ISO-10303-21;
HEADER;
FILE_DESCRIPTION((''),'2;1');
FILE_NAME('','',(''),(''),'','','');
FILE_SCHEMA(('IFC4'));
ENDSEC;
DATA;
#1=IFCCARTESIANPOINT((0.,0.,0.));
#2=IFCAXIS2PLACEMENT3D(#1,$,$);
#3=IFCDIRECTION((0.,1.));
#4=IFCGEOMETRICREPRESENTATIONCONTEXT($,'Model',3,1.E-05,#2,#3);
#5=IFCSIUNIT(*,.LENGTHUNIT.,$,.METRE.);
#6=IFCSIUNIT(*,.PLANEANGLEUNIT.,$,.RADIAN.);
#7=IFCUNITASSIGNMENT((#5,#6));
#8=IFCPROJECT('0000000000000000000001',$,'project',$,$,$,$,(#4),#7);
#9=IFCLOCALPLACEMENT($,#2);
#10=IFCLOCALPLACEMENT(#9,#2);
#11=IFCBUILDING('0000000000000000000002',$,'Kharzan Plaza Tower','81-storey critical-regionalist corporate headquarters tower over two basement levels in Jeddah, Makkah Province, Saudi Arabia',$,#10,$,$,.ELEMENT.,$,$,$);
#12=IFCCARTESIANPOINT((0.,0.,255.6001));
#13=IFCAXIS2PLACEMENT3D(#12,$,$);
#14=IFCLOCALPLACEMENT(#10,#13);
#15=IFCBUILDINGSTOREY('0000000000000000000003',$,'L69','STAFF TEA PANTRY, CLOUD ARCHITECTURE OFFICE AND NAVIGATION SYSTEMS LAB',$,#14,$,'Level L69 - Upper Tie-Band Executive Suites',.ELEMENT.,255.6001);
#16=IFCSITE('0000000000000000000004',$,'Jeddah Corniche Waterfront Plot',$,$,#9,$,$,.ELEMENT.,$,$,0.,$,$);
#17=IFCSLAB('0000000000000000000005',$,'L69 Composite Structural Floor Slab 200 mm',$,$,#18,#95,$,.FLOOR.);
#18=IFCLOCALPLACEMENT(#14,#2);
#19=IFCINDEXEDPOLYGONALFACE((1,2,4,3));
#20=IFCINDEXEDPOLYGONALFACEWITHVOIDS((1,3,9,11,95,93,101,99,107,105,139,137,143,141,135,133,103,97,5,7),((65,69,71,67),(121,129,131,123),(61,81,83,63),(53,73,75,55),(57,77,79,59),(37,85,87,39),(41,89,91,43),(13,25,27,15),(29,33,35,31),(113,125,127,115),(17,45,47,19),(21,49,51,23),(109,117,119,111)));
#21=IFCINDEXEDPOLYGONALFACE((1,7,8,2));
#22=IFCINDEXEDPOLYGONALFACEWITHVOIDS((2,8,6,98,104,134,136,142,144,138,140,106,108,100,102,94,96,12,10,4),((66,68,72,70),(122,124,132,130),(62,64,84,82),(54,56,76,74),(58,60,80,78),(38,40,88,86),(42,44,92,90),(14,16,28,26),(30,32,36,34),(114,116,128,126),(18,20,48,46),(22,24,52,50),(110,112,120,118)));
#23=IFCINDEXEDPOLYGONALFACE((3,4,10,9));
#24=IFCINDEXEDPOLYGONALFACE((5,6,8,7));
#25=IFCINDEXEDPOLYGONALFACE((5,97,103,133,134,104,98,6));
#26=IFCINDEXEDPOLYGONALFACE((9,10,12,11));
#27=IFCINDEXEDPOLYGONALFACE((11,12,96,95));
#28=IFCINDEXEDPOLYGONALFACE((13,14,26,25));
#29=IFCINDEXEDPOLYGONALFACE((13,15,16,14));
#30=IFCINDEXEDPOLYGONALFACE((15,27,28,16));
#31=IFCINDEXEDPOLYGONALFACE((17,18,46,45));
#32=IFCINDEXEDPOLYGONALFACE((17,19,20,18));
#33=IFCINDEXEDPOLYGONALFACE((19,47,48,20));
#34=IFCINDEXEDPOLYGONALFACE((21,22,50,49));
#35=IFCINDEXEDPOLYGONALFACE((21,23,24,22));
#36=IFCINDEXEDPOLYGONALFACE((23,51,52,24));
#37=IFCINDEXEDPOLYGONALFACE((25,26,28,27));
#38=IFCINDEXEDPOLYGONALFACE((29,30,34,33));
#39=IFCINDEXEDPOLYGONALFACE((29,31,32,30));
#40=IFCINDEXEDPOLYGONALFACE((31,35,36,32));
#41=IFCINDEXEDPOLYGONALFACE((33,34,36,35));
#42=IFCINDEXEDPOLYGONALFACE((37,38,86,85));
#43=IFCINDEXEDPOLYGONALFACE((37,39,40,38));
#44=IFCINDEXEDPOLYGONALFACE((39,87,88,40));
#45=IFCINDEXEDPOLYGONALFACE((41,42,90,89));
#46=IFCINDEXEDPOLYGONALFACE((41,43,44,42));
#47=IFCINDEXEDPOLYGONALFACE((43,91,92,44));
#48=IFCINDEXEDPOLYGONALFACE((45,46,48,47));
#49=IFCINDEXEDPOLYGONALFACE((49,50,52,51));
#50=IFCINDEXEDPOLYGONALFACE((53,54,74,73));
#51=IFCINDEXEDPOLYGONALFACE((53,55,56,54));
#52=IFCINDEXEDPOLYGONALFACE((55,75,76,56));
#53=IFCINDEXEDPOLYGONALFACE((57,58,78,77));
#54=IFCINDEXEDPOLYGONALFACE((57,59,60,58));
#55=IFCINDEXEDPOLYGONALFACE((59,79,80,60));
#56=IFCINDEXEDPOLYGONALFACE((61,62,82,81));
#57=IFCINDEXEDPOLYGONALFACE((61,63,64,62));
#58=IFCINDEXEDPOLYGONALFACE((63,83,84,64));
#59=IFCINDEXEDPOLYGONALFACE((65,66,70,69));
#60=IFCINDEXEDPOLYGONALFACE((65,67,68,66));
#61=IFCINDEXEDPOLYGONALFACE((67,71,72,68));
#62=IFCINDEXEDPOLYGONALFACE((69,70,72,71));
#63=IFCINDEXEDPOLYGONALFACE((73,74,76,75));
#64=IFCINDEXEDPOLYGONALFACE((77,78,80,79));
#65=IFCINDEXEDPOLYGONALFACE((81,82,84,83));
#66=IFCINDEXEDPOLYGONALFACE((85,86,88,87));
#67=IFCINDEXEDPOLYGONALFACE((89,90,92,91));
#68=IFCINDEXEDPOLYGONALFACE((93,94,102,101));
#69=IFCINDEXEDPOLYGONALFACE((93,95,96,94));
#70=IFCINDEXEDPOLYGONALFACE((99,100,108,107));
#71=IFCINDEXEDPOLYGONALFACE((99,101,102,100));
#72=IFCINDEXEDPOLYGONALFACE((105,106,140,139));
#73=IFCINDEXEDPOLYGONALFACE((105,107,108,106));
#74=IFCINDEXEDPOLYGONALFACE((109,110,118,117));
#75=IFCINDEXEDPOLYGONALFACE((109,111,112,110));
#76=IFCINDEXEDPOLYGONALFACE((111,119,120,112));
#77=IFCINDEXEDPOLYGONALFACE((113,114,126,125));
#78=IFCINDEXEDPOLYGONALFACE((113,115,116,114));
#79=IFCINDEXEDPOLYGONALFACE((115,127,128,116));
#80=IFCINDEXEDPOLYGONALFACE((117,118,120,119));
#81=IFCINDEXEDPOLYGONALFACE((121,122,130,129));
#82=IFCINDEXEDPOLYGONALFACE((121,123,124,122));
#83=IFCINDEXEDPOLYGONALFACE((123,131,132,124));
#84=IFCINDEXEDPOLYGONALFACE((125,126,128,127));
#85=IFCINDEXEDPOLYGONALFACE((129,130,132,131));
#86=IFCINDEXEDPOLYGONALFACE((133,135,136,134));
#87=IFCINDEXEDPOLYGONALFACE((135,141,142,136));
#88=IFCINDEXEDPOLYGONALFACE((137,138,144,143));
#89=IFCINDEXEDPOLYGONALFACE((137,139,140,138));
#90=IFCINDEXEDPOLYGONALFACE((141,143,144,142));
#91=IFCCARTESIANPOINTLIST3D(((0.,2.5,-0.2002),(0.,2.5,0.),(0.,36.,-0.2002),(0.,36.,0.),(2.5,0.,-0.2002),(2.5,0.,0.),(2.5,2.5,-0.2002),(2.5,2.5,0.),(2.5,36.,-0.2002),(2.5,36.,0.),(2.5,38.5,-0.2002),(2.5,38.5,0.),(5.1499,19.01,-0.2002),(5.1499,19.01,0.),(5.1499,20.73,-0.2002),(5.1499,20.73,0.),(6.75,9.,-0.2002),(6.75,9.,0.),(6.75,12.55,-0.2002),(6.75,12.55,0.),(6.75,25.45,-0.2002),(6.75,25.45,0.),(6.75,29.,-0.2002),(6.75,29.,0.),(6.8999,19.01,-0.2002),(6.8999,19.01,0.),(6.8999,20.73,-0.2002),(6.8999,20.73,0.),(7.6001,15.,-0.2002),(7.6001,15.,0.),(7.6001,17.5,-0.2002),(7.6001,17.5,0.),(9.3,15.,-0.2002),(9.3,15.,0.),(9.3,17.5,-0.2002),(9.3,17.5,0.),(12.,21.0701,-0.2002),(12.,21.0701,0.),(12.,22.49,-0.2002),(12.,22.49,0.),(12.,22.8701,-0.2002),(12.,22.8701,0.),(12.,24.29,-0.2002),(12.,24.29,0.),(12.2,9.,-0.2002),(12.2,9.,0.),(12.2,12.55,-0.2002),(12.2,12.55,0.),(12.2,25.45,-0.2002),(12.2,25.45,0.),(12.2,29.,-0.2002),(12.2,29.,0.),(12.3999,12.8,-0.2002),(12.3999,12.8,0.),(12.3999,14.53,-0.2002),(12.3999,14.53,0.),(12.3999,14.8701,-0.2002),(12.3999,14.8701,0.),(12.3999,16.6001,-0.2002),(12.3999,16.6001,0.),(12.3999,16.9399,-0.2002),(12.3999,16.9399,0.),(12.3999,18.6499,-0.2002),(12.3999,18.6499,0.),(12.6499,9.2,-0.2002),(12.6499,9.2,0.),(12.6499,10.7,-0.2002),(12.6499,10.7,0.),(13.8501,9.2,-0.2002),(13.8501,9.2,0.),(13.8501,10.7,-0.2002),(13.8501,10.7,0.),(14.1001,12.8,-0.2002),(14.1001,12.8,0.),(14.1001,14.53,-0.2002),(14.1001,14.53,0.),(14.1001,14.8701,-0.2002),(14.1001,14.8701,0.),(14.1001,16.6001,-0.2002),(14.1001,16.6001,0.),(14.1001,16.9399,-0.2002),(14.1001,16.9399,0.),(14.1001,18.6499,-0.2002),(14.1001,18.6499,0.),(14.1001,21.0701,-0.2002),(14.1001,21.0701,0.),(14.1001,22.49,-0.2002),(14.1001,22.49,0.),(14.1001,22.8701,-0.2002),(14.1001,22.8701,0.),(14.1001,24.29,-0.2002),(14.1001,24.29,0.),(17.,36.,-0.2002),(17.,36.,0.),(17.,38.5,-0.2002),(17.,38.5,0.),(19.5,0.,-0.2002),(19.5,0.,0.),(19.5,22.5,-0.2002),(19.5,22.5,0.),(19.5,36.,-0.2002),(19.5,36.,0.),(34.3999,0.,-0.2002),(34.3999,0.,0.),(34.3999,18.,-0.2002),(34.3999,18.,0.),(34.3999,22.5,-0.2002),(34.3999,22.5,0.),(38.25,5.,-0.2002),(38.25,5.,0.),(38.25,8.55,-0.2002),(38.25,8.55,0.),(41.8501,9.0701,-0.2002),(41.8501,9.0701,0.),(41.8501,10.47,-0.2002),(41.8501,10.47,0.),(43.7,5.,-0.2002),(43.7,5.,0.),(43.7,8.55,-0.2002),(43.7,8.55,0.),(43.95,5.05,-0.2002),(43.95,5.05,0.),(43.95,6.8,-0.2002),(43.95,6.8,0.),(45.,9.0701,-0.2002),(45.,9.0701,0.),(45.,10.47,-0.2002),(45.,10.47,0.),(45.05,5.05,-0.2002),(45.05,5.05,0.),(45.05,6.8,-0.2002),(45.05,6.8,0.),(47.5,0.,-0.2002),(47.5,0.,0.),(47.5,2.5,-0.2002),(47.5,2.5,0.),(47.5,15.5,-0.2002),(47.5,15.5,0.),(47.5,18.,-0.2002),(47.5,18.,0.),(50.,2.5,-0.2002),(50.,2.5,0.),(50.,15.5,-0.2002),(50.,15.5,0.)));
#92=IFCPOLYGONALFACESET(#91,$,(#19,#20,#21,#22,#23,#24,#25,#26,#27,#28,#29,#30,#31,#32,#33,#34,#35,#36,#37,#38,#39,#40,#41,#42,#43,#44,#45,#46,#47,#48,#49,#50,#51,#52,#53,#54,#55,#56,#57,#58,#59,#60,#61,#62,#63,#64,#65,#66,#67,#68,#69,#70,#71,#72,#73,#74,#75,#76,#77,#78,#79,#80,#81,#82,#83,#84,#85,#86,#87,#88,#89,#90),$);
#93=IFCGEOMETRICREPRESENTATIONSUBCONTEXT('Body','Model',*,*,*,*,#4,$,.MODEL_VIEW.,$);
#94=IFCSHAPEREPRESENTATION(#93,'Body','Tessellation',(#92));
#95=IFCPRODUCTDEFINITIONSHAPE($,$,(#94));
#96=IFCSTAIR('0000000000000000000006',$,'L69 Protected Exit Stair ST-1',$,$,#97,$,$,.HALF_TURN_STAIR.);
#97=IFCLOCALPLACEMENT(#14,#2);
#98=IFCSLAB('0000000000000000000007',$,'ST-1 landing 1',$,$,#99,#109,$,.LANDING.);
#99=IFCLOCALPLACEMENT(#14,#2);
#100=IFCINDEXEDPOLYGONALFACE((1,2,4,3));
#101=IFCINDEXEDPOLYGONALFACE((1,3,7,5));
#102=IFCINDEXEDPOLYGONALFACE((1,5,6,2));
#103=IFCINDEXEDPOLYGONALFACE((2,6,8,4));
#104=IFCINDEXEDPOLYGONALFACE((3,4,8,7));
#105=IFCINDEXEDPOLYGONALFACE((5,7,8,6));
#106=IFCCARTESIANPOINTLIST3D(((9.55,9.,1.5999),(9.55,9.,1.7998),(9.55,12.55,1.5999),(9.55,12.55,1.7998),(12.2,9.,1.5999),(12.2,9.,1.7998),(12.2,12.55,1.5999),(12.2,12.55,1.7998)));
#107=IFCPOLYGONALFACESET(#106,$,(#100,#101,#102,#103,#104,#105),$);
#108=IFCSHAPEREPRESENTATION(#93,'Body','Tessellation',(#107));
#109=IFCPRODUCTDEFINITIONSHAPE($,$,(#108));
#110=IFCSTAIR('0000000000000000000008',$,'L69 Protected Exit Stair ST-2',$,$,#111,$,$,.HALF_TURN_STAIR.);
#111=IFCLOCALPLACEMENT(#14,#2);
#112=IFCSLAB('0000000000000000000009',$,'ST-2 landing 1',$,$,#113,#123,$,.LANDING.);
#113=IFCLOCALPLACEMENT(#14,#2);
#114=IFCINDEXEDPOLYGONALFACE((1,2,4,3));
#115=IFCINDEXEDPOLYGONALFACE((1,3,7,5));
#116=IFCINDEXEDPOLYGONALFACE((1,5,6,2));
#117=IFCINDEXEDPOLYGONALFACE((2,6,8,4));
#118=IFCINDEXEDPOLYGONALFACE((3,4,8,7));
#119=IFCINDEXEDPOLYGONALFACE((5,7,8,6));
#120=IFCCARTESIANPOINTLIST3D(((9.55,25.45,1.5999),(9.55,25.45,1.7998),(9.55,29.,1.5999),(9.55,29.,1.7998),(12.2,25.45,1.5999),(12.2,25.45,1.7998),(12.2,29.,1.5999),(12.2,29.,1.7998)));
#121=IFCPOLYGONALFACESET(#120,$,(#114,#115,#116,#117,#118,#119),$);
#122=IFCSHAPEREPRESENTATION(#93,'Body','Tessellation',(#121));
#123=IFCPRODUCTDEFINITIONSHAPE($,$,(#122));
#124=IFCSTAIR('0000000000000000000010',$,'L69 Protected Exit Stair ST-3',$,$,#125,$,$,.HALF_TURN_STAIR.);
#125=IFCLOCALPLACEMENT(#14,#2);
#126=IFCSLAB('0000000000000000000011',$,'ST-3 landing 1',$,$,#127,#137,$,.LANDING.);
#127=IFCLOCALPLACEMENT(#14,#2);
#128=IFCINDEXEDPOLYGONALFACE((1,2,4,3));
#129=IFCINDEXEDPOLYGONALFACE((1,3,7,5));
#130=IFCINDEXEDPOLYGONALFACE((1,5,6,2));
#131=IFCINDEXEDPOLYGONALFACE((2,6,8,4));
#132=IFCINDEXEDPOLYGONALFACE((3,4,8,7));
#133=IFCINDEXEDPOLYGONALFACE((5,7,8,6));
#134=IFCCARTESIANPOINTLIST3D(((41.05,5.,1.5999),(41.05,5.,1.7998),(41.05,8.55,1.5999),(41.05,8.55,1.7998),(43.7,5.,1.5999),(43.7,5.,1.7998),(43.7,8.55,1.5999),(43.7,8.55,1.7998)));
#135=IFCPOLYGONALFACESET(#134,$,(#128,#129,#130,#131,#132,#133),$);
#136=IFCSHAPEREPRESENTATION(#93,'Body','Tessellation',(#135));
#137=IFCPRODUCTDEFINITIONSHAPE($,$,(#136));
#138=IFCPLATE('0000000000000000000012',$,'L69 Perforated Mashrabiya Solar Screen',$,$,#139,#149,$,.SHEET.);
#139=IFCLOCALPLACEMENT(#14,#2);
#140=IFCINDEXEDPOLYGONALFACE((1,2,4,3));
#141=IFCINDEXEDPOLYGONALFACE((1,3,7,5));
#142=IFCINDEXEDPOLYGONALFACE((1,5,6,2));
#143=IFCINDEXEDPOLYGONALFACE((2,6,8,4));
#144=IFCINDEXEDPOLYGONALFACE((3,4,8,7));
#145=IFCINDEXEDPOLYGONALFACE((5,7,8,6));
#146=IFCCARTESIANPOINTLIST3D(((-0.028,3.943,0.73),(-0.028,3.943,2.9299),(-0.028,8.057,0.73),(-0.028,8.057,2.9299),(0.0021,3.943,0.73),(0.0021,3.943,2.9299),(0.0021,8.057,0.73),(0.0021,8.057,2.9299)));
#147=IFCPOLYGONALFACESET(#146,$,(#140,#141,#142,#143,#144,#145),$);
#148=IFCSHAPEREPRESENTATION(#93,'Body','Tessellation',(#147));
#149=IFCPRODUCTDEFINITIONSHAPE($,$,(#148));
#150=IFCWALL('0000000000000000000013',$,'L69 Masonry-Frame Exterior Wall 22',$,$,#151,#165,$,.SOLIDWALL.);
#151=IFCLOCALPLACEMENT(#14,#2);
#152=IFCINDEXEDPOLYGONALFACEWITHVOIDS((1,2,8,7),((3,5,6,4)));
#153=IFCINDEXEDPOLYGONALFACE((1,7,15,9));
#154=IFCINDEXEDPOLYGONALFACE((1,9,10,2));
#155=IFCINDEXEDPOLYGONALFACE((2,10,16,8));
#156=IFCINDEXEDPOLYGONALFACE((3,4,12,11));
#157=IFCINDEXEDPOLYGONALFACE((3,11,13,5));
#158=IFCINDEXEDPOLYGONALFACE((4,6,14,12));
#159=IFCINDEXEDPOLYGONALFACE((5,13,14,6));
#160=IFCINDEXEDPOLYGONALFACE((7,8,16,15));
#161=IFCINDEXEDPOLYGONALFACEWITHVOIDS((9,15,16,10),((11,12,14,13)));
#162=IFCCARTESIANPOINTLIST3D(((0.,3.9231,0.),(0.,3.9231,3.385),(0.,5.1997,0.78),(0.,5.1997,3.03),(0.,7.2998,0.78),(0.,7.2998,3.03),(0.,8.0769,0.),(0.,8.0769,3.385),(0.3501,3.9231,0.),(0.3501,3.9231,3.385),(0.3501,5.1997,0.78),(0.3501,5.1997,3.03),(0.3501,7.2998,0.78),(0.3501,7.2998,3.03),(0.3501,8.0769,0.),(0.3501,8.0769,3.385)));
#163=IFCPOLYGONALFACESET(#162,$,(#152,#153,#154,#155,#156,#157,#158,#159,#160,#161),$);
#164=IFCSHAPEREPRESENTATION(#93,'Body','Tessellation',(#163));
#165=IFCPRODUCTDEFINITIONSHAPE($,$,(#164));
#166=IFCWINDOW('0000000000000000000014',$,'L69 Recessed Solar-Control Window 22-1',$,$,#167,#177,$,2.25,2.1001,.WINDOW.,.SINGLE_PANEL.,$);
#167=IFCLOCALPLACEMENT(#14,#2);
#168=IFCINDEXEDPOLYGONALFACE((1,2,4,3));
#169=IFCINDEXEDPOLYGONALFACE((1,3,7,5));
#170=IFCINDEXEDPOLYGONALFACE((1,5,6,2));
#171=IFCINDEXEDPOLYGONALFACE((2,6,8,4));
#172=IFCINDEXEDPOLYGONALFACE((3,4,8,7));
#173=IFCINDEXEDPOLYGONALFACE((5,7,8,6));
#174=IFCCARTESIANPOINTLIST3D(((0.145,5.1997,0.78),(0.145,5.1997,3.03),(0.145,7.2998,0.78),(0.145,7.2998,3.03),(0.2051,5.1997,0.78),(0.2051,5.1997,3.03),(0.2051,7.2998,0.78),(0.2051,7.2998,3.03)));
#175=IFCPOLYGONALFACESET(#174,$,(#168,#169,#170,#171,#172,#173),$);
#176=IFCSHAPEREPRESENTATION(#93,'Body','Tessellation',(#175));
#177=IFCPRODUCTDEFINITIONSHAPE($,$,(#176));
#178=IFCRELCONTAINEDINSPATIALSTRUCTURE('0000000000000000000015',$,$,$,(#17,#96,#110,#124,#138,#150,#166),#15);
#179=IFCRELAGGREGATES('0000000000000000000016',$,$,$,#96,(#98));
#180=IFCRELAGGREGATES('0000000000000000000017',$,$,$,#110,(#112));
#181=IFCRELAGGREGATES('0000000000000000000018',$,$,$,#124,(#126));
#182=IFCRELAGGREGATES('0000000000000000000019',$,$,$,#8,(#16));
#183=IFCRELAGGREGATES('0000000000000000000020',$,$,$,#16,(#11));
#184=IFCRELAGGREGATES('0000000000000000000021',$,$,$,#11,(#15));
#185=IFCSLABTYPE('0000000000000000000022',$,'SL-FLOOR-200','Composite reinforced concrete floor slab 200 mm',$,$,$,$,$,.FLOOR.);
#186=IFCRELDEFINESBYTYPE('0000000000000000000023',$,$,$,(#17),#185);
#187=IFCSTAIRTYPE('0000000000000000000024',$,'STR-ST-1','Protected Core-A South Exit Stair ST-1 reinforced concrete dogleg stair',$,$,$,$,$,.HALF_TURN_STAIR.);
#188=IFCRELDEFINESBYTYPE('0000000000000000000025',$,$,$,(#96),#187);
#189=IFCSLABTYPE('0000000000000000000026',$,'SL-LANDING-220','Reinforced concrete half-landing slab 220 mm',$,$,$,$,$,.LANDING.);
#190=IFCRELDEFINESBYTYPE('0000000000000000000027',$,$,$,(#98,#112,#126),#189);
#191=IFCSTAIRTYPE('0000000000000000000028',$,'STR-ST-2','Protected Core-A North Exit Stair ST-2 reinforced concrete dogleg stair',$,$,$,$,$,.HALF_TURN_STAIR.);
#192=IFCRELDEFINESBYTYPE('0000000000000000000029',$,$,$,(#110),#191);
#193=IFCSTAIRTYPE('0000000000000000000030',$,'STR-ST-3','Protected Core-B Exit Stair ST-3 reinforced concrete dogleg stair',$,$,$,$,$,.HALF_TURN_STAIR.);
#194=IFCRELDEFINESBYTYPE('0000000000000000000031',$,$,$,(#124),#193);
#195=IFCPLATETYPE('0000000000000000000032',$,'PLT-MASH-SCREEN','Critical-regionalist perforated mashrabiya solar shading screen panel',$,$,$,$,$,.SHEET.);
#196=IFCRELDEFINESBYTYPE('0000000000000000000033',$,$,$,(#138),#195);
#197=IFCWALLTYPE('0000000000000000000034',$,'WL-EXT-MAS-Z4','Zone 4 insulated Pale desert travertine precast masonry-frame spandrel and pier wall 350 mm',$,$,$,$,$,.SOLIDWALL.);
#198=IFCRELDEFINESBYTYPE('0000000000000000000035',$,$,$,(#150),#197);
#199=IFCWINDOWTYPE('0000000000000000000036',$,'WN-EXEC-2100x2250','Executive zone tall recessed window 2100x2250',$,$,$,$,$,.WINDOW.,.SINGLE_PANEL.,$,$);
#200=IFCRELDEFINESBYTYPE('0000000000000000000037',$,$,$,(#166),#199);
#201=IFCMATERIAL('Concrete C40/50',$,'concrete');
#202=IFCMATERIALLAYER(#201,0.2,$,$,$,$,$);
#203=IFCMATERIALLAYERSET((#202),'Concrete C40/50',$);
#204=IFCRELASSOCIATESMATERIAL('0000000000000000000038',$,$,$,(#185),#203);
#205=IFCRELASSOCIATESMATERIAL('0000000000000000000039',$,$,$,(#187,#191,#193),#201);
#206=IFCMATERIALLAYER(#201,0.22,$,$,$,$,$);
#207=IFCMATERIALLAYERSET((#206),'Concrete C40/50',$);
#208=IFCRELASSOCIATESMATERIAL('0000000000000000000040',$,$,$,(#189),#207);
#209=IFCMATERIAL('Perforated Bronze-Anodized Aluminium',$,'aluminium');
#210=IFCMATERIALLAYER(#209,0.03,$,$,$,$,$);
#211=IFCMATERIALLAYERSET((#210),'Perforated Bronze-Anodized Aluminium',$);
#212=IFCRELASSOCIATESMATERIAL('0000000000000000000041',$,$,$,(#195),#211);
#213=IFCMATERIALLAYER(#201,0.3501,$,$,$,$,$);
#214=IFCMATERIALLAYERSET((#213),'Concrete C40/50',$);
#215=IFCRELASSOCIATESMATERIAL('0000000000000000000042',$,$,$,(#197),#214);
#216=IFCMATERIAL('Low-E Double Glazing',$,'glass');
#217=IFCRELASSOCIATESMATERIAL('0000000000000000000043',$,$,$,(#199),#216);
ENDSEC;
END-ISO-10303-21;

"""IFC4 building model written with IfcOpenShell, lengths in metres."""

from ifc_helpers import new_model, si_unit, direction, frame, frame_2d, origin, origin_2d, place, context, subcontext, project, spatial, polyline, rectangle, outline, extrude, source, transform, mapped, material, layer, layer_set, type_object, element, fill, aggregate, save


model = new_model("IFC4")

# Units and contexts
model_context = context("Model", 3, precision=1e-05, world=origin(), true_north=direction((0.0, 1.0)))
body_context = subcontext(model_context, "Body", "Model", "MODEL_VIEW")
ifc_project = project(units=[si_unit("LENGTHUNIT", "METRE"), si_unit("PLANEANGLEUNIT", "RADIAN")], contexts=[model_context])

# Site, building, storey
site_placement = place(None, origin())
site = spatial("IfcSite", under=ifc_project, at=site_placement, Name="Jeddah Corniche Waterfront Plot", CompositionType="ELEMENT", RefElevation=0.0)
building_placement = place(site_placement, origin())
building = spatial("IfcBuilding", under=site, at=building_placement, Name="Kharzan Plaza Tower", Description="81-storey critical-regionalist corporate headquarters tower over two basement levels in Jeddah, Makkah Province, Saudi Arabia", CompositionType="ELEMENT")
storey_placement = place(building_placement, frame((0.0, 0.0, 255.6001)))
storey = spatial("IfcBuildingStorey", under=building, at=storey_placement, Name="L69", Description="STAFF TEA PANTRY, CLOUD ARCHITECTURE OFFICE AND NAVIGATION SYSTEMS LAB", LongName="Level L69 - Upper Tie-Band Executive Suites", CompositionType="ELEMENT", Elevation=255.6001)

# Slab
ifc_material_1 = material(Name="Concrete C40/50", Category="concrete")
ifc_layer_1 = layer(ifc_material_1, 0.2)
ifc_layer_set_1 = layer_set([ifc_layer_1], Name="Concrete C40/50")
slab_type_1 = type_object("IfcSlabType", Name="SL-FLOOR-200", Description="Composite reinforced concrete floor slab 200 mm", PredefinedType="FLOOR", material=ifc_layer_set_1)
slab_1_placement = place(storey_placement, frame((0.0, 0.0, -0.2002)))
element("IfcSlab", 1, at=slab_1_placement, inside=storey, type_object=slab_type_1, Name="L69 Composite Structural Floor Slab 200 mm", PredefinedType="FLOOR", context=body_context, shape_type="SweptSolid", body=[
    extrude(outline(polyline([(34.3999, 18.0), (34.3999, 22.5), (19.5, 22.5), (19.5, 36.0), (17.0, 36.0), (17.0, 38.5), (2.5, 38.5), (2.5, 36.0), (0.0, 36.0), (0.0, 2.5), (2.5, 2.5), (2.5, 0.0), (19.5, 0.0), (34.3999, 0.0), (47.5, 0.0), (47.5, 2.5), (50.0, 2.5), (50.0, 15.5), (47.5, 15.5), (47.5, 18.0), (34.3999, 18.0)]), holes=[polyline([(12.2, 12.55), (6.75, 12.55), (6.75, 9.0), (12.2, 9.0), (12.2, 12.55)]), polyline([(14.1001, 12.8), (14.1001, 14.53), (12.3999, 14.53), (12.3999, 12.8), (14.1001, 12.8)]), polyline([(9.3, 15.0), (9.3, 17.5), (7.6001, 17.5), (7.6001, 15.0), (9.3, 15.0)]), polyline([(6.8999, 20.73), (5.1499, 20.73), (5.1499, 19.01), (6.8999, 19.01), (6.8999, 20.73)]), polyline([(14.1001, 21.0701), (14.1001, 22.49), (12.0, 22.49), (12.0, 21.0701), (14.1001, 21.0701)]), polyline([(14.1001, 22.8701), (14.1001, 24.29), (12.0, 24.29), (12.0, 22.8701), (14.1001, 22.8701)]), polyline([(12.2, 29.0), (6.75, 29.0), (6.75, 25.45), (12.2, 25.45), (12.2, 29.0)]), polyline([(45.05, 5.05), (45.05, 6.8), (43.95, 6.8), (43.95, 5.05), (45.05, 5.05)]), polyline([(43.7, 5.0), (43.7, 8.55), (38.25, 8.55), (38.25, 5.0), (43.7, 5.0)]), polyline([(45.0, 9.0701), (45.0, 10.47), (41.8501, 10.47), (41.8501, 9.0701), (45.0, 9.0701)]), polyline([(13.8501, 9.2), (13.8501, 10.7), (12.6499, 10.7), (12.6499, 9.2), (13.8501, 9.2)]), polyline([(14.1001, 14.8701), (14.1001, 16.6001), (12.3999, 16.6001), (12.3999, 14.8701), (14.1001, 14.8701)]), polyline([(14.1001, 16.9399), (14.1001, 18.6499), (12.3999, 18.6499), (12.3999, 16.9399), (14.1001, 16.9399)])]), origin(), (0.0, 0.0, 1.0), 0.2002),
])

# Stairs, slabs
stair_type_1 = type_object("IfcStairType", Name="STR-ST-1", Description="Protected Core-A South Exit Stair ST-1 reinforced concrete dogleg stair", PredefinedType="HALF_TURN_STAIR", material=ifc_material_1)
stair_1_placement = place(storey_placement, origin())
stair_1 = element("IfcStair", 2, at=stair_1_placement, inside=storey, type_object=stair_type_1, Name="L69 Protected Exit Stair ST-1", PredefinedType="HALF_TURN_STAIR")
ifc_layer_2 = layer(ifc_material_1, 0.22)
ifc_layer_set_2 = layer_set([ifc_layer_2], Name="Concrete C40/50")
slab_type_2 = type_object("IfcSlabType", Name="SL-LANDING-220", Description="Reinforced concrete half-landing slab 220 mm", PredefinedType="LANDING", material=ifc_layer_set_2)
slab_2_placement = place(storey_placement, frame((0.0, 0.0, 1.5999)))
slab_2 = element("IfcSlab", 3, at=slab_2_placement, type_object=slab_type_2, Name="ST-1 landing 1", PredefinedType="LANDING", context=body_context, shape_type="SweptSolid", body=[
    extrude(outline(polyline([(9.55, 9.0), (12.2, 9.0), (12.2, 12.55), (9.55, 12.55), (9.55, 9.0)])), origin(), (0.0, 0.0, 1.0), 0.2),
])
aggregate(stair_1, [slab_2])
stair_type_2 = type_object("IfcStairType", Name="STR-ST-2", Description="Protected Core-A North Exit Stair ST-2 reinforced concrete dogleg stair", PredefinedType="HALF_TURN_STAIR", material=ifc_material_1)
stair_2_placement = place(storey_placement, origin())
stair_2 = element("IfcStair", 4, at=stair_2_placement, inside=storey, type_object=stair_type_2, Name="L69 Protected Exit Stair ST-2", PredefinedType="HALF_TURN_STAIR")
slab_3_placement = place(storey_placement, frame((0.0, 0.0, 1.5999)))
slab_3 = element("IfcSlab", 5, at=slab_3_placement, type_object=slab_type_2, Name="ST-2 landing 1", PredefinedType="LANDING", context=body_context, shape_type="SweptSolid", body=[
    extrude(outline(polyline([(9.55, 25.45), (12.2, 25.45), (12.2, 29.0), (9.55, 29.0), (9.55, 25.45)])), origin(), (0.0, 0.0, 1.0), 0.2),
])
aggregate(stair_2, [slab_3])
stair_type_3 = type_object("IfcStairType", Name="STR-ST-3", Description="Protected Core-B Exit Stair ST-3 reinforced concrete dogleg stair", PredefinedType="HALF_TURN_STAIR", material=ifc_material_1)
stair_3_placement = place(storey_placement, origin())
stair_3 = element("IfcStair", 6, at=stair_3_placement, inside=storey, type_object=stair_type_3, Name="L69 Protected Exit Stair ST-3", PredefinedType="HALF_TURN_STAIR")
slab_4_placement = place(storey_placement, frame((0.0, 0.0, 1.5999)))
slab_4 = element("IfcSlab", 7, at=slab_4_placement, type_object=slab_type_2, Name="ST-3 landing 1", PredefinedType="LANDING", context=body_context, shape_type="SweptSolid", body=[
    extrude(outline(polyline([(41.05, 5.0), (43.7, 5.0), (43.7, 8.55), (41.05, 8.55), (41.05, 5.0)])), origin(), (0.0, 0.0, 1.0), 0.2),
])
aggregate(stair_3, [slab_4])

# Plate
ifc_material_2 = material(Name="Perforated Bronze-Anodized Aluminium", Category="aluminium")
ifc_layer_3 = layer(ifc_material_2, 0.03)
ifc_layer_set_3 = layer_set([ifc_layer_3], Name="Perforated Bronze-Anodized Aluminium")
plate_type = type_object("IfcPlateType", Name="PLT-MASH-SCREEN", Description="Critical-regionalist perforated mashrabiya solar shading screen panel", PredefinedType="SHEET", material=ifc_layer_set_3)
shared_shape_1 = source(origin(), body_context, "Body", "SweptSolid", [
    extrude(rectangle(XDim=4.114, YDim=0.03, at=origin_2d()), origin(), (0.0, 0.0, 1.0), 2.2),
])
plate_placement = place(storey_placement, frame((-0.0129, 6.0, 0.73), z_axis=(0.0, 0.0, 1.0), x_axis=(0.0, -1.0, 0.0)))
element("IfcPlate", 8, at=plate_placement, inside=storey, type_object=plate_type, Name="L69 Perforated Mashrabiya Solar Screen", PredefinedType="SHEET", context=body_context, shape_type="MappedRepresentation", body=[
    mapped(shared_shape_1, transform((0.0, 0.0, 0.0), x_axis=(1.0, 0.0, 0.0), y_axis=(0.0, 1.0, 0.0), z_axis=(0.0, 0.0, 1.0))),
])

# Wall, opening, window
ifc_layer_4 = layer(ifc_material_1, 0.3501)
ifc_layer_set_4 = layer_set([ifc_layer_4], Name="Concrete C40/50")
wall_type_1 = type_object("IfcWallType", Name="WL-EXT-MAS-Z4", Description="Zone 4 insulated Pale desert travertine precast masonry-frame spandrel and pier wall 350 mm", PredefinedType="SOLIDWALL", material=ifc_layer_set_4)
wall_1_placement = place(storey_placement, frame((0.175, 8.0769, 0.0), z_axis=(0.0, 0.0, 1.0), x_axis=(0.0, -1.0, 0.0)))
wall_1 = element("IfcWall", 9, at=wall_1_placement, inside=storey, type_object=wall_type_1, Name="L69 Masonry-Frame Exterior Wall 22", PredefinedType="SOLIDWALL", context=body_context, shape_type="SweptSolid", body=[
    extrude(rectangle(XDim=4.1538, YDim=0.3501, at=frame_2d((2.0769, 0.0))), origin(), (0.0, 0.0, 1.0), 3.385),
])
opening_1_placement = place(wall_1_placement, frame((0.7771, 0.0, 0.78)))
opening_1 = element("IfcOpeningElement", 10, at=opening_1_placement, cuts=wall_1, PredefinedType="OPENING", context=body_context, shape_type="SweptSolid", body=[
    extrude(rectangle(XDim=2.1001, YDim=2.25, at=frame_2d((1.05, 1.125))), frame((0.0, 0.1851, 0.0), z_axis=(0.0, -1.0, 0.0), x_axis=(1.0, 0.0, 0.0)), (0.0, 0.0, 1.0), 0.3701),
])
ifc_material_3 = material(Name="Low-E Double Glazing", Category="glass")
window_type_1 = type_object("IfcWindowType", Name="WN-EXEC-2100x2250", Description="Executive zone tall recessed window 2100x2250", PartitioningType="SINGLE_PANEL", PredefinedType="WINDOW", material=ifc_material_3)
shared_shape_2 = source(origin(), body_context, "Body", "SweptSolid", [
    extrude(rectangle(XDim=2.1001, YDim=2.25, at=frame_2d((1.05, 1.125))), frame((0.0, 0.03, 0.0), z_axis=(0.0, -1.0, 0.0), x_axis=(1.0, 0.0, 0.0)), (0.0, 0.0, 1.0), 0.0601),
])
window_1_placement = place(opening_1_placement, origin())
window_1 = element("IfcWindow", 11, at=window_1_placement, inside=storey, type_object=window_type_1, Name="L69 Recessed Solar-Control Window 22-1", OverallHeight=2.25, OverallWidth=2.1001, PartitioningType="SINGLE_PANEL", PredefinedType="WINDOW", context=body_context, shape_type="MappedRepresentation", body=[
    mapped(shared_shape_2, transform((0.0, 0.0, 0.0), x_axis=(1.0, 0.0, 0.0), y_axis=(0.0, 1.0, 0.0), z_axis=(0.0, 0.0, 1.0))),
])
fill(opening_1, window_1)

save(model, "model.ifc")
